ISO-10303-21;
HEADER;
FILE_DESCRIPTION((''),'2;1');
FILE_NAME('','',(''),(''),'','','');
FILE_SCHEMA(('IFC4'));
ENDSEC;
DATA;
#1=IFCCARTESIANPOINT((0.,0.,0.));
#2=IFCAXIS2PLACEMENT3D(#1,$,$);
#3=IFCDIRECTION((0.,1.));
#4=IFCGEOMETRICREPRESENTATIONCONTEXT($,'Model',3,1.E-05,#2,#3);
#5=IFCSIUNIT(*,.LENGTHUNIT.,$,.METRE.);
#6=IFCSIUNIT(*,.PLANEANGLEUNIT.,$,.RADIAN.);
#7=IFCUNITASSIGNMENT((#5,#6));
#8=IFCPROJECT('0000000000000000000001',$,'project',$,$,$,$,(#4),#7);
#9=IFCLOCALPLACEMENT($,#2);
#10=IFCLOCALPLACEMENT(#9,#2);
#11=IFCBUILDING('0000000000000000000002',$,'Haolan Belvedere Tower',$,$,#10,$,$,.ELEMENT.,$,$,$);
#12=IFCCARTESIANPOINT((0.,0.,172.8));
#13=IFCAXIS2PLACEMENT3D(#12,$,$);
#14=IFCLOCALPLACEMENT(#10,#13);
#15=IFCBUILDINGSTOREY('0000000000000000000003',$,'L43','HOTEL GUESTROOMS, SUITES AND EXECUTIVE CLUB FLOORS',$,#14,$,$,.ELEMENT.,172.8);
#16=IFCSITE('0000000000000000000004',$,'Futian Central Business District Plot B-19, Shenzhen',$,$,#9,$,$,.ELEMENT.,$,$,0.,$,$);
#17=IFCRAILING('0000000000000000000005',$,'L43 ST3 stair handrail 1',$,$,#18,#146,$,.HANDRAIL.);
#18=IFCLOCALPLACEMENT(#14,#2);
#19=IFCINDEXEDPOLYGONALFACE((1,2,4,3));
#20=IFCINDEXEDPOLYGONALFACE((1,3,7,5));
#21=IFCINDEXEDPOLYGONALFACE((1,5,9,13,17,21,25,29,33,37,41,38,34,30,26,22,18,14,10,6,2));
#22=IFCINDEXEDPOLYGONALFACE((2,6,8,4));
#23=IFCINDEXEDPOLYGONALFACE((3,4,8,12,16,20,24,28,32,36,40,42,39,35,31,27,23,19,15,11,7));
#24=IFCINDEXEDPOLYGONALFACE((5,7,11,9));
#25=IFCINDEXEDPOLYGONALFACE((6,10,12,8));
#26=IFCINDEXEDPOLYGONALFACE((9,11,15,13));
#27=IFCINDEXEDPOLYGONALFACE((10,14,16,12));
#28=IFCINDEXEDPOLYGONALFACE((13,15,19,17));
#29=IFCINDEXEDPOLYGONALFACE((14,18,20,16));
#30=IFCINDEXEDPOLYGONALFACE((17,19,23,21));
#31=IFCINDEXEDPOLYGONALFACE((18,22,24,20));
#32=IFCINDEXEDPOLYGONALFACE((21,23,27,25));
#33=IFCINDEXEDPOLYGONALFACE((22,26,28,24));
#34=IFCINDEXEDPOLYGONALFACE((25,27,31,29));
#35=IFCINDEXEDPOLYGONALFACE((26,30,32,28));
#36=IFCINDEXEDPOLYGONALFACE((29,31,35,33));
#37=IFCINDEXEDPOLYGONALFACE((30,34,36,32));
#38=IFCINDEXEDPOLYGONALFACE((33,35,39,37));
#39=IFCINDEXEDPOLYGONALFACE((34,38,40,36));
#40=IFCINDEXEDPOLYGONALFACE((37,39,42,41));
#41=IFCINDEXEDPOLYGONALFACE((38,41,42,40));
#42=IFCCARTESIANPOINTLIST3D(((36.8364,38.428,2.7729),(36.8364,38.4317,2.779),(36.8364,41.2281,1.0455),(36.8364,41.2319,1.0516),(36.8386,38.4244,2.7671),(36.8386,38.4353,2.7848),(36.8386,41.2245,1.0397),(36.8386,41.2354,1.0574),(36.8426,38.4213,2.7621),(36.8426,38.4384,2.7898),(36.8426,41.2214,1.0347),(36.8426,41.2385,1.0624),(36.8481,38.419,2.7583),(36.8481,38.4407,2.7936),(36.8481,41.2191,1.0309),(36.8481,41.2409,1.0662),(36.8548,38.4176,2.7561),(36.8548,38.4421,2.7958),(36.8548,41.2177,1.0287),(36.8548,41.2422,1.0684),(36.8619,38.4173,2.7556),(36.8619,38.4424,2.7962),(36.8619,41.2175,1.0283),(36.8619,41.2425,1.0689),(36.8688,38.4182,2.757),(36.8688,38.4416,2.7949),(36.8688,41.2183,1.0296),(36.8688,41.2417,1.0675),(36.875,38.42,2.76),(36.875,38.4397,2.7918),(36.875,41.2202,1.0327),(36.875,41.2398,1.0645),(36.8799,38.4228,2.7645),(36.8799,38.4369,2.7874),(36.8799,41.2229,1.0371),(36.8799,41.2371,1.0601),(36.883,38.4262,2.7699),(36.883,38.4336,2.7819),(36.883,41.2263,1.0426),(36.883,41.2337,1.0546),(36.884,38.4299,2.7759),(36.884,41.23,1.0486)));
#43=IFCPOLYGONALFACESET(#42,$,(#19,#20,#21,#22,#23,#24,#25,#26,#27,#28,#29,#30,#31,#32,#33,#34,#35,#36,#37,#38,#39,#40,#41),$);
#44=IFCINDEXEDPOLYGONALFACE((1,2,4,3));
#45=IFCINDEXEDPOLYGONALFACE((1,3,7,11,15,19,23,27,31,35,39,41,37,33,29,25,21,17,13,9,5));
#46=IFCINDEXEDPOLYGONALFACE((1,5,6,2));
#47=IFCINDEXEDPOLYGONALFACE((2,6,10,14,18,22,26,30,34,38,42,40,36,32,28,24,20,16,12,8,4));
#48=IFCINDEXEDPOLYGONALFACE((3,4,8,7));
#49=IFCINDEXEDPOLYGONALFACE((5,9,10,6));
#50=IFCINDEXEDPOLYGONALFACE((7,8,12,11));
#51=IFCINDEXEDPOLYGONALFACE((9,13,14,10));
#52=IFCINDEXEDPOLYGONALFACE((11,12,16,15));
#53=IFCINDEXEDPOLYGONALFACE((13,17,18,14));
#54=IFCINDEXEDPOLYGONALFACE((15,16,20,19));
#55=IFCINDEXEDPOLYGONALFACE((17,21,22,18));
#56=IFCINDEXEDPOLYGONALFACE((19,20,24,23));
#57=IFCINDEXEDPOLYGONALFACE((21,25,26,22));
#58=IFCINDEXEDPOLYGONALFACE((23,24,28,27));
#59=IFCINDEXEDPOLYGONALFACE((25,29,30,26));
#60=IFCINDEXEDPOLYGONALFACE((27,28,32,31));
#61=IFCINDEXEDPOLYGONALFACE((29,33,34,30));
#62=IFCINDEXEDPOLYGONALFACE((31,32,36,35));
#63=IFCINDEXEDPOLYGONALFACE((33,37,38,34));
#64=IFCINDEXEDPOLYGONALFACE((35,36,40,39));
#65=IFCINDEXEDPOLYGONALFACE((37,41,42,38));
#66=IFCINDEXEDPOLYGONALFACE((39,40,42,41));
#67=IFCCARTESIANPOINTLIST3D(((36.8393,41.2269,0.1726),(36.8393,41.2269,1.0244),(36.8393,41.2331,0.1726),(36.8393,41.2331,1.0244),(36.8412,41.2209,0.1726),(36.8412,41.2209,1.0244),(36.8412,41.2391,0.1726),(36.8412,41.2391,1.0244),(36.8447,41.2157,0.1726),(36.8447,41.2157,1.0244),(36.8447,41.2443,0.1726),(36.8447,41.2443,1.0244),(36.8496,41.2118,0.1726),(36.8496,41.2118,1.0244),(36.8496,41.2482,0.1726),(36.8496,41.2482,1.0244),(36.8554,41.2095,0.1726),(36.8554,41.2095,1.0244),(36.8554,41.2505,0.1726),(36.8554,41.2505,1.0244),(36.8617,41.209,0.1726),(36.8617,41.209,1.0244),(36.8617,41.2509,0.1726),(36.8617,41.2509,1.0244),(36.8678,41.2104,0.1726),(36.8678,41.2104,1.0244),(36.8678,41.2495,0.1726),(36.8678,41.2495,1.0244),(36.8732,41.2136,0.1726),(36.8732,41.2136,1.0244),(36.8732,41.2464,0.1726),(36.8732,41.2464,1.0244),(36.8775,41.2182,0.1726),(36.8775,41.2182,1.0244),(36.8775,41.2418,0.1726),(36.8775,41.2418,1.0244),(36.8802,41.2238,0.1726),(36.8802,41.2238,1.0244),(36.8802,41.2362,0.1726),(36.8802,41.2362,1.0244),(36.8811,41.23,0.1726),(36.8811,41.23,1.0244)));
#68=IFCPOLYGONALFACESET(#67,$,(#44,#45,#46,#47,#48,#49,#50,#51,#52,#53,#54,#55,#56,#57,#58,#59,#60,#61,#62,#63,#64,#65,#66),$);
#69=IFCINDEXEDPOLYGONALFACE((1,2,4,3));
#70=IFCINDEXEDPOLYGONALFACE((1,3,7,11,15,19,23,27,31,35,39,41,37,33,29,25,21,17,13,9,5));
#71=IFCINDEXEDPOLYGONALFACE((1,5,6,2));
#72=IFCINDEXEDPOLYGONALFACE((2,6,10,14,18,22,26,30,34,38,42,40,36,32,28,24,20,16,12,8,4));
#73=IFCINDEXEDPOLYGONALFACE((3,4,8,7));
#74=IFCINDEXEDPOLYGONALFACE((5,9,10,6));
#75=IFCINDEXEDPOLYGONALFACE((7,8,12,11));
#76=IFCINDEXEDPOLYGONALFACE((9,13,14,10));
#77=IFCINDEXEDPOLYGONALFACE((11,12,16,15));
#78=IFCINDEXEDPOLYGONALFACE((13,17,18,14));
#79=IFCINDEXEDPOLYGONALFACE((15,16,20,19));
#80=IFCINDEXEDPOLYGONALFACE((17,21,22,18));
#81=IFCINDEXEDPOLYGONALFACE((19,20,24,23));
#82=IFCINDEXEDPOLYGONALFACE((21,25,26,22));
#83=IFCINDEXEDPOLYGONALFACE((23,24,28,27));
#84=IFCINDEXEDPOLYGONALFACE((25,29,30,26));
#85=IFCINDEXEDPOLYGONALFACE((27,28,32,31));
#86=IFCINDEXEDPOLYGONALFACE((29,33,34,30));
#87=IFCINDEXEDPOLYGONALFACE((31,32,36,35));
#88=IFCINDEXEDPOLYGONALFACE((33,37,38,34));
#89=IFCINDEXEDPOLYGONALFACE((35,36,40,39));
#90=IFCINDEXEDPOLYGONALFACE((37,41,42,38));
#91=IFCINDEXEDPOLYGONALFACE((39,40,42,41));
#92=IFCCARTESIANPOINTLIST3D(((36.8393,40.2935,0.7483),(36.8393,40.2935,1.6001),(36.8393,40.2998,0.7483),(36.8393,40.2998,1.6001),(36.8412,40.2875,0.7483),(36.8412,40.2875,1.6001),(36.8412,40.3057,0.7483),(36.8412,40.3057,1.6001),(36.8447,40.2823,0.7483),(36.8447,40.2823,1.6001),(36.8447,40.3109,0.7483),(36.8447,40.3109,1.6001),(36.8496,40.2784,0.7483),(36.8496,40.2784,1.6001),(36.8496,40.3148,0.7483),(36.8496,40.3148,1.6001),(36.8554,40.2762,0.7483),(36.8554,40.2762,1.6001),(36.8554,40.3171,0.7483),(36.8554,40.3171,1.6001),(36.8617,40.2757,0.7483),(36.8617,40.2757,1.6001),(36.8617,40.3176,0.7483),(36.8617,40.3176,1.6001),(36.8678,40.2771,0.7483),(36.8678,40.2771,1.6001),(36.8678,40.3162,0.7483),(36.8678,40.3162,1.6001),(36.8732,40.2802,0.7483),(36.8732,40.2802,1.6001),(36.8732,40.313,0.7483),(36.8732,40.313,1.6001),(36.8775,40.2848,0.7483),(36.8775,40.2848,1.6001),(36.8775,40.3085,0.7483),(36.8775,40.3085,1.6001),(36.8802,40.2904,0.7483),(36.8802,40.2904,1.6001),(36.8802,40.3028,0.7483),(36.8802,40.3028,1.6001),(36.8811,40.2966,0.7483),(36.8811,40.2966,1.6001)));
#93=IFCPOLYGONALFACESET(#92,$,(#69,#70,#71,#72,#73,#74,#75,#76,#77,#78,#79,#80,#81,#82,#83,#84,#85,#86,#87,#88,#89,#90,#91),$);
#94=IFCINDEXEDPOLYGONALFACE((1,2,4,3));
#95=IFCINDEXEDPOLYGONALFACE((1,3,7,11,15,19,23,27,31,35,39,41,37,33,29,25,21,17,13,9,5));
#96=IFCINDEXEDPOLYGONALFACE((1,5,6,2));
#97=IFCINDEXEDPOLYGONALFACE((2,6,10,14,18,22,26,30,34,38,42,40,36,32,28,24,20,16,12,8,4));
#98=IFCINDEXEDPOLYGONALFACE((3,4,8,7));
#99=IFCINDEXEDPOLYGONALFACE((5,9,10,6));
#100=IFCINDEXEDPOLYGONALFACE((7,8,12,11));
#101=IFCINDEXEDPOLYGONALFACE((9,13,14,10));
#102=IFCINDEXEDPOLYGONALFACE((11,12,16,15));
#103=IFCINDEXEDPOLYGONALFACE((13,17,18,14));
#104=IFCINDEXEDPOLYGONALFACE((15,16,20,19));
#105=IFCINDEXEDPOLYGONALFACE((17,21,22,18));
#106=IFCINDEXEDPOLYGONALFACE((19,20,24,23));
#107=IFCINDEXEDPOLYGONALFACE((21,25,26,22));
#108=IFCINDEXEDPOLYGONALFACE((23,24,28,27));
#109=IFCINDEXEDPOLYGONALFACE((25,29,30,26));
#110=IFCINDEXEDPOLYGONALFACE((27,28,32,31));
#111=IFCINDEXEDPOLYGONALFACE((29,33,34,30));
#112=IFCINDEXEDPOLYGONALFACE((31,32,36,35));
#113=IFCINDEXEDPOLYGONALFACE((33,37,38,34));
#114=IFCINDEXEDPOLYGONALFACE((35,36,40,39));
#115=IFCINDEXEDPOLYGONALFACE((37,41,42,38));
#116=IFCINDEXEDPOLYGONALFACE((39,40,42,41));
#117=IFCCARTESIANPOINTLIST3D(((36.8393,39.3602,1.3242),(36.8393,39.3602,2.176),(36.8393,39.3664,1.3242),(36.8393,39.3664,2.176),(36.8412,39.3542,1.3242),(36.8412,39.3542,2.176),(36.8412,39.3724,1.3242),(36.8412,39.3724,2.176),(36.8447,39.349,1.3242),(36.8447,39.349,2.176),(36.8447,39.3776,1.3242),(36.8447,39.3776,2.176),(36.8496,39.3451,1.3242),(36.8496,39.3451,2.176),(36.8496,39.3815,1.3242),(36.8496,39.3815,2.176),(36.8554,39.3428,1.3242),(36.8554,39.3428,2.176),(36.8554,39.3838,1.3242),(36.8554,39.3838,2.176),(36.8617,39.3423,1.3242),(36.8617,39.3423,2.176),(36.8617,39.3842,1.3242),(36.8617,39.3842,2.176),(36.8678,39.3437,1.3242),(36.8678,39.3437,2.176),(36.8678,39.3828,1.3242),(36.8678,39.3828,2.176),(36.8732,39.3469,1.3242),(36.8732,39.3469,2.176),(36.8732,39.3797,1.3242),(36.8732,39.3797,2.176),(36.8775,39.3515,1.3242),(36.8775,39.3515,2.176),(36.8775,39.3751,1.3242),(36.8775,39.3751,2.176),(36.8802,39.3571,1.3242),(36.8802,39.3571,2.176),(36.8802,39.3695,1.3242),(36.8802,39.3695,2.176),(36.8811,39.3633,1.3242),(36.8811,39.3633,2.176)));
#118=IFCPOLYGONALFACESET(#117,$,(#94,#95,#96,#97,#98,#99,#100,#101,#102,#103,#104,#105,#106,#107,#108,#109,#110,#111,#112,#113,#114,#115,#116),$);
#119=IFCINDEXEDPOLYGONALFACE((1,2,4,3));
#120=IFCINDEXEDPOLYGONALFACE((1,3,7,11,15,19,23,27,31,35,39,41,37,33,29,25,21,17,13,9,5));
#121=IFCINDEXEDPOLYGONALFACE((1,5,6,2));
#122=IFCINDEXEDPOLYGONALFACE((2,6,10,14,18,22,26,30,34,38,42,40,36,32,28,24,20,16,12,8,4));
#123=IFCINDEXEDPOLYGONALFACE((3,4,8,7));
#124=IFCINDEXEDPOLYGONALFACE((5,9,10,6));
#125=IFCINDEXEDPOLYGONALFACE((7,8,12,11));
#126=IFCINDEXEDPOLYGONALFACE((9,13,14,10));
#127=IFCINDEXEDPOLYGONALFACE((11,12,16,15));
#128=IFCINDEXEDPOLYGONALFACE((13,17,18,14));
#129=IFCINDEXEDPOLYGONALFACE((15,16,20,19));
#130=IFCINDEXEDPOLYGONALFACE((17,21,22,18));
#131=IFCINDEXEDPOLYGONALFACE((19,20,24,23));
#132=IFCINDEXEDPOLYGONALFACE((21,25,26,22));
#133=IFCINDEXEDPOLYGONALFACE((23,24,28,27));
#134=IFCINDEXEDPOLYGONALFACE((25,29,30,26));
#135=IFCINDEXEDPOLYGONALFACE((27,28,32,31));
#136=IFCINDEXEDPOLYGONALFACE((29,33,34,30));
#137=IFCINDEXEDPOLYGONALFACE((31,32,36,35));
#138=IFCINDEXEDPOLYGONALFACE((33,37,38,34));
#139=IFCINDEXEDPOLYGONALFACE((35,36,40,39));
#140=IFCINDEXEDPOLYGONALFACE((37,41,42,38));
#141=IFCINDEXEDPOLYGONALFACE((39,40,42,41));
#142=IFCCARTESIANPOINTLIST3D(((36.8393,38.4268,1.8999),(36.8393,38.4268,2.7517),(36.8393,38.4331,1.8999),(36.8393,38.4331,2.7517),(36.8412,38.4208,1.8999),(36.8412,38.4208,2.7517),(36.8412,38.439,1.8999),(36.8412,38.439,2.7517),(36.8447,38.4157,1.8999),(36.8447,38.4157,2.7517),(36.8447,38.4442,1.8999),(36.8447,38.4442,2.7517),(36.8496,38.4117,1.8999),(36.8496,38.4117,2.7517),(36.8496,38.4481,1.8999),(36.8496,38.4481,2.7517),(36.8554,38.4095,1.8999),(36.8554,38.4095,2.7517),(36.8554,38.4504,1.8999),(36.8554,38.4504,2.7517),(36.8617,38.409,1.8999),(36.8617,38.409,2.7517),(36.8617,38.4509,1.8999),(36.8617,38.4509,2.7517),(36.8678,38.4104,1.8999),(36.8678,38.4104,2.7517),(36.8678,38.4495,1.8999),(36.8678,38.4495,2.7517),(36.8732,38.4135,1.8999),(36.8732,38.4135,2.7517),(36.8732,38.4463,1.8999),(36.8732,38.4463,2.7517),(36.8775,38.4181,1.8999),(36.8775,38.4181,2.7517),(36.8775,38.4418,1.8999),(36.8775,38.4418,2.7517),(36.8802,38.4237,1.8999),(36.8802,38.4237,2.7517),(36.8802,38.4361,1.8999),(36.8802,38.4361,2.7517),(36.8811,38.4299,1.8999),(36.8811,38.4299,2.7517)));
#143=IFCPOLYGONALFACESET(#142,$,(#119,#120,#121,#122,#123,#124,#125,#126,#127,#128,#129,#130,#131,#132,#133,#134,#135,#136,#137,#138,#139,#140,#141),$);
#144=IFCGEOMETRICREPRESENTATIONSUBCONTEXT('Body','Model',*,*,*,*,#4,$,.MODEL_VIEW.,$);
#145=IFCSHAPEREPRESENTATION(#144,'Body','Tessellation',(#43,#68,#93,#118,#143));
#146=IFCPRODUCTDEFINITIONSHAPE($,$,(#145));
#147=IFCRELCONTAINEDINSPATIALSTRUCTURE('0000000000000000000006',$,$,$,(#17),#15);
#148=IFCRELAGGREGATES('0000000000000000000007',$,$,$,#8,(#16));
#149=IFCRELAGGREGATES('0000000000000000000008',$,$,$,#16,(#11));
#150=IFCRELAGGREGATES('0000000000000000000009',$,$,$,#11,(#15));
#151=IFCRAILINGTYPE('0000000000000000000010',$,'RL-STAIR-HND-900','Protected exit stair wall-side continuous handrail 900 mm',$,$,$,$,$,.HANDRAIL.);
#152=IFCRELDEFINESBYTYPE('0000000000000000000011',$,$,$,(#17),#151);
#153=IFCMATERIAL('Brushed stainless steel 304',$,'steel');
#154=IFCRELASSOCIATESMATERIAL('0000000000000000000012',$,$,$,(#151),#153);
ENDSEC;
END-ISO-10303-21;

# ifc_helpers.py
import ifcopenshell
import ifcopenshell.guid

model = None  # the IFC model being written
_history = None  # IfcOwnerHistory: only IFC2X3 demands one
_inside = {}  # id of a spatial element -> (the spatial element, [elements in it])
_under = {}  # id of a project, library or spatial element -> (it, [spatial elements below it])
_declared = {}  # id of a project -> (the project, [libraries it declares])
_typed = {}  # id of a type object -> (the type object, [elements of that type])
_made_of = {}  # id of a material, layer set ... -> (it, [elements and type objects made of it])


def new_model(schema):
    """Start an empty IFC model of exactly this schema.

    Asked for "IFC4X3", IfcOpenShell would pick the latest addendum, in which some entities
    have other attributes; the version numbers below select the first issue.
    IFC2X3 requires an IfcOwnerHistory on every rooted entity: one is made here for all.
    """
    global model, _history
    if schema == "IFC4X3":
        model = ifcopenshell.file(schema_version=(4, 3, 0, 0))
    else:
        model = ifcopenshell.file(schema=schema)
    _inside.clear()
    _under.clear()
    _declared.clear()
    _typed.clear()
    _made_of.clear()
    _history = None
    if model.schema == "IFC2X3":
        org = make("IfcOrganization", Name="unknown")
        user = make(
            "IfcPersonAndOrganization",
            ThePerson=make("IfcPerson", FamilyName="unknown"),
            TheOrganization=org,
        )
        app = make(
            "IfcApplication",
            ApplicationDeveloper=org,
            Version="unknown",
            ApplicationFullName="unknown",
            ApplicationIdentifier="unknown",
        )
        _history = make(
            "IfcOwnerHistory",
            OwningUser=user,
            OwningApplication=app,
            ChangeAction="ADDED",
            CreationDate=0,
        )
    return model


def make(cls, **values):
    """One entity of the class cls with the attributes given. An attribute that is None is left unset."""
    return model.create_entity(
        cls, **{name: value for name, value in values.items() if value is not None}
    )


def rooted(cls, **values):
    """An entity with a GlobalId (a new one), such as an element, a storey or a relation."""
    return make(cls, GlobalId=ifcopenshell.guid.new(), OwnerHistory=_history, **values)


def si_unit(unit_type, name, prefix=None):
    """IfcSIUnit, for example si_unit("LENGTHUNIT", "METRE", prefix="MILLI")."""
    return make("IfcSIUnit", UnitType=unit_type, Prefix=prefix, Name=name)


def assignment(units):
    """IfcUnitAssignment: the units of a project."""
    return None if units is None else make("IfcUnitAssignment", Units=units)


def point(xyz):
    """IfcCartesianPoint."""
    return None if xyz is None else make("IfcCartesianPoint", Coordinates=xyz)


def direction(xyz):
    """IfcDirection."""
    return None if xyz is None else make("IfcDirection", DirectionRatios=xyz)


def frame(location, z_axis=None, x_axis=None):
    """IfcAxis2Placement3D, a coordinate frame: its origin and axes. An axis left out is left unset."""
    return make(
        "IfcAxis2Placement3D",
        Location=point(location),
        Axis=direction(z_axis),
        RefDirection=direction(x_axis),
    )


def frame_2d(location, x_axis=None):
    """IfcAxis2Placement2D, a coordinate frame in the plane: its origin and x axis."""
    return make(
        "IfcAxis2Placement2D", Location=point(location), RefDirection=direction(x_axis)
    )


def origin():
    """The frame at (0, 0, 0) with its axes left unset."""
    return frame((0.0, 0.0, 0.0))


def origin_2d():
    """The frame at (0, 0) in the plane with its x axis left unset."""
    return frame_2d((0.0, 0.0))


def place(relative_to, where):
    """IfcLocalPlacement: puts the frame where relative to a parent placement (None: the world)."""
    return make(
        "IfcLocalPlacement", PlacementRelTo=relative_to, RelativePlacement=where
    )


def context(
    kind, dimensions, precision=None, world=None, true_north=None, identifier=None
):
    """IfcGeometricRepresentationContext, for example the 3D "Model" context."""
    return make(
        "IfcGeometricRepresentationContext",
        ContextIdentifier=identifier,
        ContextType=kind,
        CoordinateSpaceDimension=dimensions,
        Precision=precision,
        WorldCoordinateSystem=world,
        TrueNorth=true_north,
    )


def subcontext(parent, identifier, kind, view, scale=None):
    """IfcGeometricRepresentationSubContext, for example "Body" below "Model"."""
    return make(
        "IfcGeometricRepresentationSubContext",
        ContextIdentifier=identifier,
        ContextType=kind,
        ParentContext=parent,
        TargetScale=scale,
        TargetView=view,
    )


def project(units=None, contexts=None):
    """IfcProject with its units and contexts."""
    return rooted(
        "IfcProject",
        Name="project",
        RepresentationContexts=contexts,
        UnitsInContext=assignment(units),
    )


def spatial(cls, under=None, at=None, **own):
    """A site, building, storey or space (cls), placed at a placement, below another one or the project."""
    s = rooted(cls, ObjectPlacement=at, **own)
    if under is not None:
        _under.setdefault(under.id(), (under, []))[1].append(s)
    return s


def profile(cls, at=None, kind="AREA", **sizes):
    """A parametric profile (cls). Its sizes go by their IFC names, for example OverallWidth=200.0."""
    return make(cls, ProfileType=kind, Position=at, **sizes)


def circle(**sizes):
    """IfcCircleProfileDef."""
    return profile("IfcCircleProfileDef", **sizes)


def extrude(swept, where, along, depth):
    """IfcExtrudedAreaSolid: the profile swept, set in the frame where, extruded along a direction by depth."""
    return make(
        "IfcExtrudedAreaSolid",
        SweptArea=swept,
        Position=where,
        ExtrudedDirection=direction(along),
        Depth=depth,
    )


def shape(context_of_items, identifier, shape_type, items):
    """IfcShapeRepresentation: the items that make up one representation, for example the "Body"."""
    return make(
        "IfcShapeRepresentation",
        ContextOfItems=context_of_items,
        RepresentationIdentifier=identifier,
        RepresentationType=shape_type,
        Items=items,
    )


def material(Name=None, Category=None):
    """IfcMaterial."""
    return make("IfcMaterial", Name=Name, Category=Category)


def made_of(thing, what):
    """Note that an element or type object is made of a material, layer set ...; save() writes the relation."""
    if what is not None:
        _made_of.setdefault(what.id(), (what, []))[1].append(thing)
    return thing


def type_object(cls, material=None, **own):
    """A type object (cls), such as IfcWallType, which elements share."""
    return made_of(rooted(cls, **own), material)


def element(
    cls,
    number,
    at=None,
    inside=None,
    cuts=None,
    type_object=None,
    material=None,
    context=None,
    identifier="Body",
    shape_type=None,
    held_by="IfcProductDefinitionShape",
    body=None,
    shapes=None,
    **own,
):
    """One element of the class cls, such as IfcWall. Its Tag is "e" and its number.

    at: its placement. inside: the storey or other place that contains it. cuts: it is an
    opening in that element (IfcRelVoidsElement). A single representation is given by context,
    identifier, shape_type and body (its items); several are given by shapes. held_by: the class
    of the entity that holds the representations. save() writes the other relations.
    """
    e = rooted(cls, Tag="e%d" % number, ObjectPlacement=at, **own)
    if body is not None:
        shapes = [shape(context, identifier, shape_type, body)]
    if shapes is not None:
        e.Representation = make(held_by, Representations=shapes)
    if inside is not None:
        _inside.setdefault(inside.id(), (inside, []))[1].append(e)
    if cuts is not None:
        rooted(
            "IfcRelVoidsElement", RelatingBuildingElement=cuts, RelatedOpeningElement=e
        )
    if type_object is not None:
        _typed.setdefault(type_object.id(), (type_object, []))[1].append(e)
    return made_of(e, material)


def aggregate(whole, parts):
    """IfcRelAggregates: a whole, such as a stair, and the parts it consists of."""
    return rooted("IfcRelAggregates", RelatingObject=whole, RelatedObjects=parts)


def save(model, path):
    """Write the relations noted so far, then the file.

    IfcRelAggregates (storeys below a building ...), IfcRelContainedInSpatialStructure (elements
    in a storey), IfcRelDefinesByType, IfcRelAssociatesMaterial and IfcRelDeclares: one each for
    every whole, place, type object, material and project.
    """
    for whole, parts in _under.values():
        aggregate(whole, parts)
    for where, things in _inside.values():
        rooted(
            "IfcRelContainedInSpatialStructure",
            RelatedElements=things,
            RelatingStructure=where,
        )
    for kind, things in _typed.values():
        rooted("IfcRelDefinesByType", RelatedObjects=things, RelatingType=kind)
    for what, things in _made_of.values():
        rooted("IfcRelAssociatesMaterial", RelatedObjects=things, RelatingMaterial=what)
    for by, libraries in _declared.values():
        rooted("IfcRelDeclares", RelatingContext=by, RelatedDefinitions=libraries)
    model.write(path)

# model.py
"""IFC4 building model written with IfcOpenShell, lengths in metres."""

from ifc_helpers import new_model, si_unit, direction, frame, origin, origin_2d, place, context, subcontext, project, spatial, circle, extrude, material, type_object, element, save


model = new_model("IFC4")

# Units and contexts
model_context = context("Model", 3, precision=1e-05, world=origin(), true_north=direction((0.0, 1.0)))
body_context = subcontext(model_context, "Body", "Model", "MODEL_VIEW")
ifc_project = project(units=[si_unit("LENGTHUNIT", "METRE"), si_unit("PLANEANGLEUNIT", "RADIAN")], contexts=[model_context])

# Site, building, storey
site_placement = place(None, origin())
site = spatial("IfcSite", under=ifc_project, at=site_placement, Name="Futian Central Business District Plot B-19, Shenzhen", CompositionType="ELEMENT", RefElevation=0.0)
building_placement = place(site_placement, origin())
building = spatial("IfcBuilding", under=site, at=building_placement, Name="Haolan Belvedere Tower", CompositionType="ELEMENT")
storey_placement = place(building_placement, frame((0.0, 0.0, 172.8)))
storey = spatial("IfcBuildingStorey", under=building, at=storey_placement, Name="L43", Description="HOTEL GUESTROOMS, SUITES AND EXECUTIVE CLUB FLOORS", CompositionType="ELEMENT", Elevation=172.8)

# Railing
ifc_material_1 = material(Name="Brushed stainless steel 304", Category="steel")
railing_type_1 = type_object("IfcRailingType", Name="RL-STAIR-HND-900", Description="Protected exit stair wall-side continuous handrail 900 mm", PredefinedType="HANDRAIL", material=ifc_material_1)
railing_1_placement = place(storey_placement, frame((36.8601, 41.23, 0.1726)))
element("IfcRailing", 1, at=railing_1_placement, inside=storey, type_object=railing_type_1, Name="L43 ST3 stair handrail 1", PredefinedType="HANDRAIL", context=body_context, shape_type="SweptSolid", body=[
    extrude(circle(Radius=0.0239, at=origin_2d()), frame((0.0, 0.0, 0.876), z_axis=(0.0, -0.85109, 0.52502), x_axis=(1.0, 0.0, 0.0)), (0.0, 0.0, 1.0), 3.29),
    extrude(circle(Radius=0.021, at=origin_2d()), origin(), (0.0, 0.0, 1.0), 0.8518),
    extrude(circle(Radius=0.021, at=origin_2d()), frame((0.0, -0.9333, 0.5757)), (0.0, 0.0, 1.0), 0.8518),
    extrude(circle(Radius=0.021, at=origin_2d()), frame((0.0, -1.8667, 1.1516)), (0.0, 0.0, 1.0), 0.8518),
    extrude(circle(Radius=0.021, at=origin_2d()), frame((0.0, -2.8, 1.7273)), (0.0, 0.0, 1.0), 0.8518),
])

save(model, "model.ifc")
